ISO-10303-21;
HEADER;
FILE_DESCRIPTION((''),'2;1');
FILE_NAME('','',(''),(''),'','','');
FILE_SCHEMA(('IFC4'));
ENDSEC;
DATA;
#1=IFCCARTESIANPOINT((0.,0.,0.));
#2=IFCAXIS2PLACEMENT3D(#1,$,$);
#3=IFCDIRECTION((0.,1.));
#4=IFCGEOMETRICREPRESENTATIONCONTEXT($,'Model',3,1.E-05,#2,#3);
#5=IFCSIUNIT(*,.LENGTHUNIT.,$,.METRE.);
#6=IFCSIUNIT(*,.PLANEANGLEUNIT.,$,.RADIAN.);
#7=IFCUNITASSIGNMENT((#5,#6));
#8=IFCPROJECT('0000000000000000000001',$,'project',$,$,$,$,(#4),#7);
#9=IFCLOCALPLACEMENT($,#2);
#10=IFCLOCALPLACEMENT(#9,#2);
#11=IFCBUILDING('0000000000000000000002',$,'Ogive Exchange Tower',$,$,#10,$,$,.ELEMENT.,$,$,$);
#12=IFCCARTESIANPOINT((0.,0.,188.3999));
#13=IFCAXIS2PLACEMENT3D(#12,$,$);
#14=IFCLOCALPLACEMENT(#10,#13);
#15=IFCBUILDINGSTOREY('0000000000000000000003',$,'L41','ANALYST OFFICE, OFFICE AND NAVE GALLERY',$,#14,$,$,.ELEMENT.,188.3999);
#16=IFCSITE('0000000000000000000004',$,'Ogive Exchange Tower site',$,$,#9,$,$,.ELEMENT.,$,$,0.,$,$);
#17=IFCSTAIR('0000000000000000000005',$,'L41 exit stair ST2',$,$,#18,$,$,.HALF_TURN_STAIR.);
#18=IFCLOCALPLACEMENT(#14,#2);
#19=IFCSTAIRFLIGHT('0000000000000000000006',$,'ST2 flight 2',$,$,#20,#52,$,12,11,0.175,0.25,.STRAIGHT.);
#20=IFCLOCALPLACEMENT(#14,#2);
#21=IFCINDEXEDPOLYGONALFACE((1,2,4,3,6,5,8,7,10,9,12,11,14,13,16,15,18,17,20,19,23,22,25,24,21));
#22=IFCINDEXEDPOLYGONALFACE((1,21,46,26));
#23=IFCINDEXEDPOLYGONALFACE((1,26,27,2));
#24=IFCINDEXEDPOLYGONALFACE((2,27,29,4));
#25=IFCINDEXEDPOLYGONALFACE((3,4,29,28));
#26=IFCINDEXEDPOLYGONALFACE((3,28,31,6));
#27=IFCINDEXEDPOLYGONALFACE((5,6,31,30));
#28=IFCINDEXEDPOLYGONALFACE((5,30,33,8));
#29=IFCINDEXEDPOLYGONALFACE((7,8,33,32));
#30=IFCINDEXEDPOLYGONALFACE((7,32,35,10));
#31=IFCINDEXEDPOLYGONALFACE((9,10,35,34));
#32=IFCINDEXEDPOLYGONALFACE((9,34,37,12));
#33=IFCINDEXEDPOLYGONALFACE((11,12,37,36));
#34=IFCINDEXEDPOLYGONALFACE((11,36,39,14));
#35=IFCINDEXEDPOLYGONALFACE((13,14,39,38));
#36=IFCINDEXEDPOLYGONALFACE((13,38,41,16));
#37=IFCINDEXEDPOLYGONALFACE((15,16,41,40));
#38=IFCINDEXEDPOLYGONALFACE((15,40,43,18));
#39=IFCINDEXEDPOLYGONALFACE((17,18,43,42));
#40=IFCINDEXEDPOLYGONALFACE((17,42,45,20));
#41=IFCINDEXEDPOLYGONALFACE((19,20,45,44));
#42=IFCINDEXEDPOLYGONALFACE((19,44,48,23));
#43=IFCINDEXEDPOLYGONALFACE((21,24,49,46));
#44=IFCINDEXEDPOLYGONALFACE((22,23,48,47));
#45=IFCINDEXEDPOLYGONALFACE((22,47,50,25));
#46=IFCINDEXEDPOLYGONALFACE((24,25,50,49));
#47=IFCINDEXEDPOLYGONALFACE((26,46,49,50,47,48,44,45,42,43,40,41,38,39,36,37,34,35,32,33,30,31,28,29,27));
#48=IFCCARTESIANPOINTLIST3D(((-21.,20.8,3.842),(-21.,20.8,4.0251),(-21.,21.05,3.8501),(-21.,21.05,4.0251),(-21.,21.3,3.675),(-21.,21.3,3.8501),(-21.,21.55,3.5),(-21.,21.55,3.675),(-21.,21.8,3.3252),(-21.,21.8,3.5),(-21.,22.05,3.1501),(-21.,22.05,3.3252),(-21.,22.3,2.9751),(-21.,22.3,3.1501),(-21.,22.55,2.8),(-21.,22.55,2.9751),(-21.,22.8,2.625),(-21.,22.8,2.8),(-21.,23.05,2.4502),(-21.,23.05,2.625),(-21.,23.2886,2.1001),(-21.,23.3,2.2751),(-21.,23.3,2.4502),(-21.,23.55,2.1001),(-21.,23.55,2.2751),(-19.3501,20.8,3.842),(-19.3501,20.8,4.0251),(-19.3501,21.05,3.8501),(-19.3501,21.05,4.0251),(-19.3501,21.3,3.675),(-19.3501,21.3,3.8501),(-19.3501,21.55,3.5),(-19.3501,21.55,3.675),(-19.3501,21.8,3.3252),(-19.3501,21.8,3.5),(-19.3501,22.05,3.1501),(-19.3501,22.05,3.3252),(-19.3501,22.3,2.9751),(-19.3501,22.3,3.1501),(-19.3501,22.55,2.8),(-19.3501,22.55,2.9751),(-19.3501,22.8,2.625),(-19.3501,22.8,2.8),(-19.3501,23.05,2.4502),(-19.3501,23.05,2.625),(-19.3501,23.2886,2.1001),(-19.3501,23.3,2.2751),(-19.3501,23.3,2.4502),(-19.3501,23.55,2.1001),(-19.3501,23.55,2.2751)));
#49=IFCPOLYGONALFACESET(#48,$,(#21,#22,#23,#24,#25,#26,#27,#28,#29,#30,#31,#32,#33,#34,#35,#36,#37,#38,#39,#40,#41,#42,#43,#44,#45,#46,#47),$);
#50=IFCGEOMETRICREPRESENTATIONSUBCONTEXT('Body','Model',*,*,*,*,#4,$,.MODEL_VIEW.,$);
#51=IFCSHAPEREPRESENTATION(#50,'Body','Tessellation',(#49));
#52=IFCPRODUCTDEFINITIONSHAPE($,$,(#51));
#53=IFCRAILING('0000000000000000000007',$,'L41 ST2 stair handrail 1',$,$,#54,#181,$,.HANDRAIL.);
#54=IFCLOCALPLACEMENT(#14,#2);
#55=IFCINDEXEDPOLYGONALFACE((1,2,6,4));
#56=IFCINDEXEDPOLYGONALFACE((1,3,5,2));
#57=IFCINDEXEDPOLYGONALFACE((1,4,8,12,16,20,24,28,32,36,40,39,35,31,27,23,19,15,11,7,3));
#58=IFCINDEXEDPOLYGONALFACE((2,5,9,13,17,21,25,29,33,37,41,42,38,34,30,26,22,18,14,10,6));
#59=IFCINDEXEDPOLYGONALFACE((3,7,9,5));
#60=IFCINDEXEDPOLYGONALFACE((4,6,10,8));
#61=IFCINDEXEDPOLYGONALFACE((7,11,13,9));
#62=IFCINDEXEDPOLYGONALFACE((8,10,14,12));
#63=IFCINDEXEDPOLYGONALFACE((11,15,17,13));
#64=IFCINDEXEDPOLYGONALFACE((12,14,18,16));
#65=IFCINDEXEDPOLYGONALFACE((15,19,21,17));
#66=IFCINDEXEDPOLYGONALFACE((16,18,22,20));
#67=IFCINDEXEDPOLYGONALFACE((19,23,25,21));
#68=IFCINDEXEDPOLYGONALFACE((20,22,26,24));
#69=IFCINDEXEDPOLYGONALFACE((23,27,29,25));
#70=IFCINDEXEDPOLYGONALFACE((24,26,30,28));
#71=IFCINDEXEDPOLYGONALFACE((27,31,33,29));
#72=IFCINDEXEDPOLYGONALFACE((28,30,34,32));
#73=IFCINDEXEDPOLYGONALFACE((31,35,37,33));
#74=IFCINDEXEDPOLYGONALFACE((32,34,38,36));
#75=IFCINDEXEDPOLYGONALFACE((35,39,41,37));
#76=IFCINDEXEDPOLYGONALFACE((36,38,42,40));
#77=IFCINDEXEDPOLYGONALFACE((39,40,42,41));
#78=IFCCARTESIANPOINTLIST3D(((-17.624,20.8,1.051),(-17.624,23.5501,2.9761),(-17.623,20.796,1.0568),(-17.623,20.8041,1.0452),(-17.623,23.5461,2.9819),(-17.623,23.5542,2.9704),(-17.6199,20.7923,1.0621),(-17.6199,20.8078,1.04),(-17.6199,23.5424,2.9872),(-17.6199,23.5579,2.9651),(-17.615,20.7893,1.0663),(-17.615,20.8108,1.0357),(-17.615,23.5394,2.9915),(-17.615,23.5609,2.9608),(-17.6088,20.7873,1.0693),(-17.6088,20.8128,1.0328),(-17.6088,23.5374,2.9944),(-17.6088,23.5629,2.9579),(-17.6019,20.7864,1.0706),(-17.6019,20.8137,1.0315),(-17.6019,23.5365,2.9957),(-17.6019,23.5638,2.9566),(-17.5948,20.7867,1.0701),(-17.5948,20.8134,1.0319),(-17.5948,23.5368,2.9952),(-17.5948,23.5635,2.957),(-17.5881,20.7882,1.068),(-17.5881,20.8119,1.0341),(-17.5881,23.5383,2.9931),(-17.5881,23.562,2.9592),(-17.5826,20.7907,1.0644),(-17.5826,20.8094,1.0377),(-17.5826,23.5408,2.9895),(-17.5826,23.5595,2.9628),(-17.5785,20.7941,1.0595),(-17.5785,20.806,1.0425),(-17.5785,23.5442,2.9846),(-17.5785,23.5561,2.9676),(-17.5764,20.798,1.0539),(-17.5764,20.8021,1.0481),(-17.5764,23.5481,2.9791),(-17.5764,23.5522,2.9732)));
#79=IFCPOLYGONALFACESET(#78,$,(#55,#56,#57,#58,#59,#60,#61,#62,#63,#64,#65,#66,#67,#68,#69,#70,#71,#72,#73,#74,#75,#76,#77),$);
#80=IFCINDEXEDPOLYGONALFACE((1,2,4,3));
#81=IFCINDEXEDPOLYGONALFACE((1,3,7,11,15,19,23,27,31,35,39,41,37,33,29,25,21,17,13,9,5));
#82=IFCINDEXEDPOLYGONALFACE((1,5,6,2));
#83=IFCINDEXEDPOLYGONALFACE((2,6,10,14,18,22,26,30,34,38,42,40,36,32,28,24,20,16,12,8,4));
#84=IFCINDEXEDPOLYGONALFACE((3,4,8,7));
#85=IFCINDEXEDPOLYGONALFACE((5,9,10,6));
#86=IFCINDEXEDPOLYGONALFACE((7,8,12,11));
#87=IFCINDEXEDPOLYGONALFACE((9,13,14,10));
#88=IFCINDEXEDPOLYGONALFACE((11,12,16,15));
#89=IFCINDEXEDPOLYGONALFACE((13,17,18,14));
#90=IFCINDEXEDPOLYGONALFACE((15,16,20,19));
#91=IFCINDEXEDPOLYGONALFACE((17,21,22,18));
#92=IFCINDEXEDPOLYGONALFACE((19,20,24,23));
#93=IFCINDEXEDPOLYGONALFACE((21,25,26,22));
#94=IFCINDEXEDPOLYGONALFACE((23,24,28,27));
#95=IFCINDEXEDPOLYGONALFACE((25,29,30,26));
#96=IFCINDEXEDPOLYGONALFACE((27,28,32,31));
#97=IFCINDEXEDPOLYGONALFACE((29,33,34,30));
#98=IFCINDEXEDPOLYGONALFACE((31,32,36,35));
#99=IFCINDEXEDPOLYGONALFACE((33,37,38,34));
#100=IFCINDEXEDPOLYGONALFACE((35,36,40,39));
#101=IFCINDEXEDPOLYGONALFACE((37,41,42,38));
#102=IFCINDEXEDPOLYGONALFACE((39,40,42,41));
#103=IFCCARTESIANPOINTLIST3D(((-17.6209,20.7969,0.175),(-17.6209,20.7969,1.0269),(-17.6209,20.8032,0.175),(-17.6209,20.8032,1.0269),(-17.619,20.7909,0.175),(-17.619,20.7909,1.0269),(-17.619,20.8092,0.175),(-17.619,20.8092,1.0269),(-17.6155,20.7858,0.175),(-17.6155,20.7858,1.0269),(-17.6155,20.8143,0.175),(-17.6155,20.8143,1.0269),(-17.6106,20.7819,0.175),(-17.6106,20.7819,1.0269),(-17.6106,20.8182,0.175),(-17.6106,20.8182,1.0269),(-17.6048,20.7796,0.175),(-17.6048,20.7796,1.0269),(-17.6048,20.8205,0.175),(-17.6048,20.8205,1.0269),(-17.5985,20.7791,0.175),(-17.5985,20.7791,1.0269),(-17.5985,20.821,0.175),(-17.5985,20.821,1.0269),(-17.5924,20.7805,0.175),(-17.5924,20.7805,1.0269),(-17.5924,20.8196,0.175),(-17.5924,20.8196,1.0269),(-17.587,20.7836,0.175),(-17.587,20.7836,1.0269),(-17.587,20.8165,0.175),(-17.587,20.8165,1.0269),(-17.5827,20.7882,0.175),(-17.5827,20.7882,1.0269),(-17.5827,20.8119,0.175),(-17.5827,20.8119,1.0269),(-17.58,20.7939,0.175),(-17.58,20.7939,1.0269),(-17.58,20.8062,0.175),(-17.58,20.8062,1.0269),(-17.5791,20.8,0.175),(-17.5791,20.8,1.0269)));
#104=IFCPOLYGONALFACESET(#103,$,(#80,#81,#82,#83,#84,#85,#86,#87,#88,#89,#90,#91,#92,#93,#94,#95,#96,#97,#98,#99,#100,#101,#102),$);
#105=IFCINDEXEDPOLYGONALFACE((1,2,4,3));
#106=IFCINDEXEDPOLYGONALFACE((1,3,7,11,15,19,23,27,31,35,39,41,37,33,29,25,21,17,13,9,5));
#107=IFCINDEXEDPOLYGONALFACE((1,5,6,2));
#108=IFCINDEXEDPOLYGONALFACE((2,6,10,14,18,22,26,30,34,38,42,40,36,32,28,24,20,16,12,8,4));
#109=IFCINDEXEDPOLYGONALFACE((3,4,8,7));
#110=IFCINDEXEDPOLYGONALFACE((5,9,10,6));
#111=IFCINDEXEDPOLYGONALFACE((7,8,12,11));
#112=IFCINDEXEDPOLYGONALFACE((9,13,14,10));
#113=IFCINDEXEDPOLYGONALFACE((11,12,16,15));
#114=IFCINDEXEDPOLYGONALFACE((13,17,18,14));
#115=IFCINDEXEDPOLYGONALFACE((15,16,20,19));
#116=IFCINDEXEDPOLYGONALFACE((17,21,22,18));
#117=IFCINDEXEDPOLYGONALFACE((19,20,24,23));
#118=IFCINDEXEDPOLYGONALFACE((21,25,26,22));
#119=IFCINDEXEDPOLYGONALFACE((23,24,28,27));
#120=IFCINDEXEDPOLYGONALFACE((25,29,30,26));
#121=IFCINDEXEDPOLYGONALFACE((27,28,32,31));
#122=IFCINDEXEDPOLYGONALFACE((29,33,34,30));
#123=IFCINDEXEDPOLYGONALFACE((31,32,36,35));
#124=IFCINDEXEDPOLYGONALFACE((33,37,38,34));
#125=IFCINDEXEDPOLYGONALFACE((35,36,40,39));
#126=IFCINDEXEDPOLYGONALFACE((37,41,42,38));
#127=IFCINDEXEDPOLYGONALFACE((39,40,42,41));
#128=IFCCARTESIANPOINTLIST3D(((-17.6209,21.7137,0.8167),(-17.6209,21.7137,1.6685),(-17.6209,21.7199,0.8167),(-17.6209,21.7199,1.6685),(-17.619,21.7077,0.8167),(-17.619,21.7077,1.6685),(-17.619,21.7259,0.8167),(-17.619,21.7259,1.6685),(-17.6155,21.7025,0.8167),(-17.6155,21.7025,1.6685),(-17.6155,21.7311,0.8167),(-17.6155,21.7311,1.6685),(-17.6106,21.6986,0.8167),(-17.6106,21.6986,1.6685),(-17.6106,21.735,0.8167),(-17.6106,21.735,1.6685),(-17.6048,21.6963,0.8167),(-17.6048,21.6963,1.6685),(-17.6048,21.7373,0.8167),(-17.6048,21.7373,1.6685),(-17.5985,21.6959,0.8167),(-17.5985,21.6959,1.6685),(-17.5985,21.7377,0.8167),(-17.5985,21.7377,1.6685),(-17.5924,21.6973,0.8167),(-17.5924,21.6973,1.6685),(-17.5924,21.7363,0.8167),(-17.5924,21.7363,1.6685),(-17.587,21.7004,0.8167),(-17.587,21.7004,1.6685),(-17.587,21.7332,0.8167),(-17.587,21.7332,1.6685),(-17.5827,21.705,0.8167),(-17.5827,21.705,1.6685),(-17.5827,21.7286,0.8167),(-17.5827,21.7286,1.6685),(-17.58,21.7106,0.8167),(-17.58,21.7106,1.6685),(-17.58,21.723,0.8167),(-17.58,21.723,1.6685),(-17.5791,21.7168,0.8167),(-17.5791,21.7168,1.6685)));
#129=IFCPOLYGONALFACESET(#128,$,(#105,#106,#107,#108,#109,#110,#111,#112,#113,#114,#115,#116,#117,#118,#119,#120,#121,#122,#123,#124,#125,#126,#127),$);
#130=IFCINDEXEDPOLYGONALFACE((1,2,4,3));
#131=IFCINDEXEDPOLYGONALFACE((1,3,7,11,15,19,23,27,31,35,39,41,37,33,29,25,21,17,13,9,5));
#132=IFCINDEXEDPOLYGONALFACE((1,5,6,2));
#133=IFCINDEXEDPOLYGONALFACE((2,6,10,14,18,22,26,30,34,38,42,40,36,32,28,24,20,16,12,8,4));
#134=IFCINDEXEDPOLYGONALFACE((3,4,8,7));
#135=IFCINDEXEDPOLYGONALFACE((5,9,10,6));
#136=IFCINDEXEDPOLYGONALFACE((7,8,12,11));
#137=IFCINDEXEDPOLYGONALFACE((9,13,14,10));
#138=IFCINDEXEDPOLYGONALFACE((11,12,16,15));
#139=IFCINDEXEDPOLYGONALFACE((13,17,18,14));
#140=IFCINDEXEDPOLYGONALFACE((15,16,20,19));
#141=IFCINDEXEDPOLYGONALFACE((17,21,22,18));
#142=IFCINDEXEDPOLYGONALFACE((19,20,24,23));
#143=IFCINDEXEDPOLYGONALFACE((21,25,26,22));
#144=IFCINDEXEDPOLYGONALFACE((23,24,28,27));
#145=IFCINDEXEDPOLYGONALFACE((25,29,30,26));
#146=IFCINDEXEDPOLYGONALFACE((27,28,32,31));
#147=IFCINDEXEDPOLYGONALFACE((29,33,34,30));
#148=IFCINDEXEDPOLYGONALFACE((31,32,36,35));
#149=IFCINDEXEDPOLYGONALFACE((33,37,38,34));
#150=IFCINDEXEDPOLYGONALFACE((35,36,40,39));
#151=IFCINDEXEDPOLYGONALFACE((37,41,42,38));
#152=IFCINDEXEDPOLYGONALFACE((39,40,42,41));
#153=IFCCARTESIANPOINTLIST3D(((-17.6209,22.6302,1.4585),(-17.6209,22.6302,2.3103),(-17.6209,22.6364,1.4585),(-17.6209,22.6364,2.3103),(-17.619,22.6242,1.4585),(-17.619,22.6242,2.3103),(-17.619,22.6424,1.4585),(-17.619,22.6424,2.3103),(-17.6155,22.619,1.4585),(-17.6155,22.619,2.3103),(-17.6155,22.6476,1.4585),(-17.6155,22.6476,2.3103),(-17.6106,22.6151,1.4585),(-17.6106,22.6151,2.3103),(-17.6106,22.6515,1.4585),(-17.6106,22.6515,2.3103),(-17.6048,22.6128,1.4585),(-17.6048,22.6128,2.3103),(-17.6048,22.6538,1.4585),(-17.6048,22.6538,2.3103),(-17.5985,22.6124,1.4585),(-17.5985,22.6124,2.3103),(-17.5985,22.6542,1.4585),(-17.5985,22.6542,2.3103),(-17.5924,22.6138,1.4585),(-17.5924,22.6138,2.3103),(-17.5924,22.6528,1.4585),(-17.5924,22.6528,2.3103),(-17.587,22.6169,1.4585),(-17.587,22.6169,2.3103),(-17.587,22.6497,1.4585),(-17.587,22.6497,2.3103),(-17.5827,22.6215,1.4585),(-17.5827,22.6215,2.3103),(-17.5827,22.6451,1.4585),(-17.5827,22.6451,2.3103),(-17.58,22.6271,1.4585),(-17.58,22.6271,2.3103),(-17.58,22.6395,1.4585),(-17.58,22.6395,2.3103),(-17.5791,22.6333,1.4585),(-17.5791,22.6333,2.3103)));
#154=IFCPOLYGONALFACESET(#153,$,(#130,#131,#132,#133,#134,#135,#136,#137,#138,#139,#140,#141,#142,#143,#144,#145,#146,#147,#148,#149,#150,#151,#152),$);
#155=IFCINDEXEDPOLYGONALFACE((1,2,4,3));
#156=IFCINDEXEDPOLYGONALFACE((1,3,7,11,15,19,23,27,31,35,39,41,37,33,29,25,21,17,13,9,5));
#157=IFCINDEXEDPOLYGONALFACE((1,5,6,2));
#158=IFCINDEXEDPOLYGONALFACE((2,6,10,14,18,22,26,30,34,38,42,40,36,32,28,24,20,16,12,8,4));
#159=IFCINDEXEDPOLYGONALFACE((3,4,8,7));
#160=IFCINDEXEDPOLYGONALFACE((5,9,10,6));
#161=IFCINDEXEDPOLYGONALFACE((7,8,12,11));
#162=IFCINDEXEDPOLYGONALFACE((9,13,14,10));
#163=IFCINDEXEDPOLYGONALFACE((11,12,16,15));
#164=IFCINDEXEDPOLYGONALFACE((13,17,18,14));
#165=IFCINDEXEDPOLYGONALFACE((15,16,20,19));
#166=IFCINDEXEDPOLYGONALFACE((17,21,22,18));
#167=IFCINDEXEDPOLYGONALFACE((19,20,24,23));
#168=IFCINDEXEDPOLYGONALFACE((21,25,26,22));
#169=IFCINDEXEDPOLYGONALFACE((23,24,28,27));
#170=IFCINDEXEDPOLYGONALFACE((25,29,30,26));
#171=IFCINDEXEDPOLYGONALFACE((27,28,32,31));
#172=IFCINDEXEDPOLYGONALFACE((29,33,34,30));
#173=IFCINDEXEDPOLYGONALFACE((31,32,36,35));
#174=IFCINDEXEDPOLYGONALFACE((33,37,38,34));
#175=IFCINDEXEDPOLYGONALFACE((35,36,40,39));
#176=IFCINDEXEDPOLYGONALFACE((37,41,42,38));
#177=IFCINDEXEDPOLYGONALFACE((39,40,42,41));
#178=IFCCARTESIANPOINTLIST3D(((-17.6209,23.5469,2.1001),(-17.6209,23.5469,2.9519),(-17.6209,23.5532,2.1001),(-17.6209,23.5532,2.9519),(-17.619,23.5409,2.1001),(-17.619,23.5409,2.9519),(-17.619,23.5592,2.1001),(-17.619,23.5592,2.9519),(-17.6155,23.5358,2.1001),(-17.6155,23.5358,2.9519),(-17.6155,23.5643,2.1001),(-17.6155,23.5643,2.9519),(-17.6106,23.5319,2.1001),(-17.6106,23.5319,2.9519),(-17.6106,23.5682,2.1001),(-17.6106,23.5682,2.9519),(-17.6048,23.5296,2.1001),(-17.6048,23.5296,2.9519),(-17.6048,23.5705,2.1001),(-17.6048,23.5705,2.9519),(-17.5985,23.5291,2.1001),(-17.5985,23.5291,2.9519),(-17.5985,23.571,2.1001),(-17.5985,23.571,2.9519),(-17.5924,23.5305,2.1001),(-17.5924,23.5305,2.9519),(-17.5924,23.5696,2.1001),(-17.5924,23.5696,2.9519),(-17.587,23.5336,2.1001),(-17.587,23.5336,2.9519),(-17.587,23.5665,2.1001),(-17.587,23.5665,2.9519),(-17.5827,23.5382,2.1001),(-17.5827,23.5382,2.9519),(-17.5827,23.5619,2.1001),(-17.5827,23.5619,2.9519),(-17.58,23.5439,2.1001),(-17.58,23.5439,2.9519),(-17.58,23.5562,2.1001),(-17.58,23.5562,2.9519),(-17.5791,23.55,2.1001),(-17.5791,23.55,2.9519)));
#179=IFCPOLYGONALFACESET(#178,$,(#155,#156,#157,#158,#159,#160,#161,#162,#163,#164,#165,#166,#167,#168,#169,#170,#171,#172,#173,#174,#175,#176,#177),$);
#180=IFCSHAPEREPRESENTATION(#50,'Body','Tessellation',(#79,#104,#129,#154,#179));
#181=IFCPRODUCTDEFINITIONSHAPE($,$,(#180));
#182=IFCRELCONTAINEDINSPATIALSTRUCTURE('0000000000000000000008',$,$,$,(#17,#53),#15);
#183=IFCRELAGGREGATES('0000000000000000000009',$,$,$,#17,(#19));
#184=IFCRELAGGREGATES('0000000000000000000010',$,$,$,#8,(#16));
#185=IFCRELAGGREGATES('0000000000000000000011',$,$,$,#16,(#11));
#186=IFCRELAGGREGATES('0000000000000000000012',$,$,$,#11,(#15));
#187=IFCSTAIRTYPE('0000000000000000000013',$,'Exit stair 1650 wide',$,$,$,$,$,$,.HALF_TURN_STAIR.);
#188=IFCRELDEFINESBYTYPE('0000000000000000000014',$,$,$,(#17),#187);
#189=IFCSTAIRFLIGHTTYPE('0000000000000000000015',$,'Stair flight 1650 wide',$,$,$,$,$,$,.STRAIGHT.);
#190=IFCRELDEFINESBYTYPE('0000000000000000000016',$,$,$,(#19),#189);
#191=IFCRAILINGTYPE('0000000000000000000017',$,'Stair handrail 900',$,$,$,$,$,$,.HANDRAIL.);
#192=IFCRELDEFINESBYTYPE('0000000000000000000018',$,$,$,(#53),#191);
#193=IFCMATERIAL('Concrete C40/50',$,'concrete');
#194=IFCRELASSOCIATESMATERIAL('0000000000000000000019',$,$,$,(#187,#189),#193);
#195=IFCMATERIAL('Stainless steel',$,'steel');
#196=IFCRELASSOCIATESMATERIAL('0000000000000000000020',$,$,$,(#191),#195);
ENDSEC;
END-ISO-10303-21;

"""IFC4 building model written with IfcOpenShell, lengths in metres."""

from ifc_helpers import new_model, si_unit, direction, frame, origin, origin_2d, place, context, subcontext, project, spatial, polyline, circle, outline, extrude, material, type_object, element, aggregate, save


model = new_model("IFC4")

# Units and contexts
model_context = context("Model", 3, precision=1e-05, world=origin(), true_north=direction((0.0, 1.0)))
body_context = subcontext(model_context, "Body", "Model", "MODEL_VIEW")
ifc_project = project(units=[si_unit("LENGTHUNIT", "METRE"), si_unit("PLANEANGLEUNIT", "RADIAN")], contexts=[model_context])

# Site, building, storey
site_placement = place(None, origin())
site = spatial("IfcSite", under=ifc_project, at=site_placement, Name="Ogive Exchange Tower site", CompositionType="ELEMENT", RefElevation=0.0)
building_placement = place(site_placement, origin())
building = spatial("IfcBuilding", under=site, at=building_placement, Name="Ogive Exchange Tower", CompositionType="ELEMENT")
storey_placement = place(building_placement, frame((0.0, 0.0, 188.3999)))
storey = spatial("IfcBuildingStorey", under=building, at=storey_placement, Name="L41", Description="ANALYST OFFICE, OFFICE AND NAVE GALLERY", CompositionType="ELEMENT", Elevation=188.3999)

# Stair, stair flight
ifc_material_1 = material(Name="Concrete C40/50", Category="concrete")
stair_type = type_object("IfcStairType", Name="Exit stair 1650 wide", PredefinedType="HALF_TURN_STAIR", material=ifc_material_1)
stair_placement = place(storey_placement, origin())
stair = element("IfcStair", 1, at=stair_placement, inside=storey, type_object=stair_type, Name="L41 exit stair ST2", PredefinedType="HALF_TURN_STAIR")
stair_flight_type = type_object("IfcStairFlightType", Name="Stair flight 1650 wide", PredefinedType="STRAIGHT", material=ifc_material_1)
stair_flight_1_placement = place(storey_placement, frame((-20.175, 23.55, 2.1001), z_axis=(0.0, 0.0, 1.0), x_axis=(0.0, -1.0, 0.0)))
stair_flight_1 = element("IfcStairFlight", 2, at=stair_flight_1_placement, type_object=stair_flight_type, Name="ST2 flight 2", NumberOfRisers=12, NumberOfTreads=11, PredefinedType="STRAIGHT", RiserHeight=0.175, TreadLength=0.25, context=body_context, shape_type="SweptSolid", body=[
    extrude(outline(polyline([(0.0, 0.0), (0.0, 0.175), (0.25, 0.175), (0.25, 0.3501), (0.5, 0.3501), (0.5, 0.5249), (0.75, 0.5249), (0.75, 0.7), (1.0, 0.7), (1.0, 0.875), (1.25, 0.875), (1.25, 1.05), (1.5, 1.05), (1.5, 1.2251), (1.75, 1.2251), (1.75, 1.3999), (2.0, 1.3999), (2.0, 1.575), (2.25, 1.575), (2.25, 1.75), (2.5, 1.75), (2.5, 1.925), (2.75, 1.925), (2.75, 2.1001), (2.75, 1.7419), (0.2615, 0.0), (0.0, 0.0)])), frame((0.0, 0.825, 0.0), z_axis=(0.0, -1.0, 0.0), x_axis=(1.0, 0.0, 0.0)), (0.0, 0.0, 1.0), 1.6499),
])
aggregate(stair, [stair_flight_1])

# Railing
ifc_material_2 = material(Name="Stainless steel", Category="steel")
railing_type = type_object("IfcRailingType", Name="Stair handrail 900", PredefinedType="HANDRAIL", material=ifc_material_2)
railing_placement = place(storey_placement, frame((-17.6001, 20.8, 0.175)))
element("IfcRailing", 3, at=railing_placement, inside=storey, type_object=railing_type, Name="L41 ST2 stair handrail 1", PredefinedType="HANDRAIL", context=body_context, shape_type="SweptSolid", body=[
    extrude(circle(Radius=0.0239, at=origin_2d()), frame((0.0, 0.0, 0.876), z_axis=(0.0, 0.819225, 0.573472), x_axis=(-1.0, 0.0, 0.0)), (0.0, 0.0, 1.0), 3.3569),
    extrude(circle(Radius=0.021, at=origin_2d()), origin(), (0.0, 0.0, 1.0), 0.8518),
    extrude(circle(Radius=0.021, at=origin_2d()), frame((0.0, 0.9167, 0.6416)), (0.0, 0.0, 1.0), 0.8518),
    extrude(circle(Radius=0.021, at=origin_2d()), frame((0.0, 1.8333, 1.2834)), (0.0, 0.0, 1.0), 0.8518),
    extrude(circle(Radius=0.021, at=origin_2d()), frame((0.0, 2.75, 1.925)), (0.0, 0.0, 1.0), 0.8518),
])

save(model, "model.ifc")
